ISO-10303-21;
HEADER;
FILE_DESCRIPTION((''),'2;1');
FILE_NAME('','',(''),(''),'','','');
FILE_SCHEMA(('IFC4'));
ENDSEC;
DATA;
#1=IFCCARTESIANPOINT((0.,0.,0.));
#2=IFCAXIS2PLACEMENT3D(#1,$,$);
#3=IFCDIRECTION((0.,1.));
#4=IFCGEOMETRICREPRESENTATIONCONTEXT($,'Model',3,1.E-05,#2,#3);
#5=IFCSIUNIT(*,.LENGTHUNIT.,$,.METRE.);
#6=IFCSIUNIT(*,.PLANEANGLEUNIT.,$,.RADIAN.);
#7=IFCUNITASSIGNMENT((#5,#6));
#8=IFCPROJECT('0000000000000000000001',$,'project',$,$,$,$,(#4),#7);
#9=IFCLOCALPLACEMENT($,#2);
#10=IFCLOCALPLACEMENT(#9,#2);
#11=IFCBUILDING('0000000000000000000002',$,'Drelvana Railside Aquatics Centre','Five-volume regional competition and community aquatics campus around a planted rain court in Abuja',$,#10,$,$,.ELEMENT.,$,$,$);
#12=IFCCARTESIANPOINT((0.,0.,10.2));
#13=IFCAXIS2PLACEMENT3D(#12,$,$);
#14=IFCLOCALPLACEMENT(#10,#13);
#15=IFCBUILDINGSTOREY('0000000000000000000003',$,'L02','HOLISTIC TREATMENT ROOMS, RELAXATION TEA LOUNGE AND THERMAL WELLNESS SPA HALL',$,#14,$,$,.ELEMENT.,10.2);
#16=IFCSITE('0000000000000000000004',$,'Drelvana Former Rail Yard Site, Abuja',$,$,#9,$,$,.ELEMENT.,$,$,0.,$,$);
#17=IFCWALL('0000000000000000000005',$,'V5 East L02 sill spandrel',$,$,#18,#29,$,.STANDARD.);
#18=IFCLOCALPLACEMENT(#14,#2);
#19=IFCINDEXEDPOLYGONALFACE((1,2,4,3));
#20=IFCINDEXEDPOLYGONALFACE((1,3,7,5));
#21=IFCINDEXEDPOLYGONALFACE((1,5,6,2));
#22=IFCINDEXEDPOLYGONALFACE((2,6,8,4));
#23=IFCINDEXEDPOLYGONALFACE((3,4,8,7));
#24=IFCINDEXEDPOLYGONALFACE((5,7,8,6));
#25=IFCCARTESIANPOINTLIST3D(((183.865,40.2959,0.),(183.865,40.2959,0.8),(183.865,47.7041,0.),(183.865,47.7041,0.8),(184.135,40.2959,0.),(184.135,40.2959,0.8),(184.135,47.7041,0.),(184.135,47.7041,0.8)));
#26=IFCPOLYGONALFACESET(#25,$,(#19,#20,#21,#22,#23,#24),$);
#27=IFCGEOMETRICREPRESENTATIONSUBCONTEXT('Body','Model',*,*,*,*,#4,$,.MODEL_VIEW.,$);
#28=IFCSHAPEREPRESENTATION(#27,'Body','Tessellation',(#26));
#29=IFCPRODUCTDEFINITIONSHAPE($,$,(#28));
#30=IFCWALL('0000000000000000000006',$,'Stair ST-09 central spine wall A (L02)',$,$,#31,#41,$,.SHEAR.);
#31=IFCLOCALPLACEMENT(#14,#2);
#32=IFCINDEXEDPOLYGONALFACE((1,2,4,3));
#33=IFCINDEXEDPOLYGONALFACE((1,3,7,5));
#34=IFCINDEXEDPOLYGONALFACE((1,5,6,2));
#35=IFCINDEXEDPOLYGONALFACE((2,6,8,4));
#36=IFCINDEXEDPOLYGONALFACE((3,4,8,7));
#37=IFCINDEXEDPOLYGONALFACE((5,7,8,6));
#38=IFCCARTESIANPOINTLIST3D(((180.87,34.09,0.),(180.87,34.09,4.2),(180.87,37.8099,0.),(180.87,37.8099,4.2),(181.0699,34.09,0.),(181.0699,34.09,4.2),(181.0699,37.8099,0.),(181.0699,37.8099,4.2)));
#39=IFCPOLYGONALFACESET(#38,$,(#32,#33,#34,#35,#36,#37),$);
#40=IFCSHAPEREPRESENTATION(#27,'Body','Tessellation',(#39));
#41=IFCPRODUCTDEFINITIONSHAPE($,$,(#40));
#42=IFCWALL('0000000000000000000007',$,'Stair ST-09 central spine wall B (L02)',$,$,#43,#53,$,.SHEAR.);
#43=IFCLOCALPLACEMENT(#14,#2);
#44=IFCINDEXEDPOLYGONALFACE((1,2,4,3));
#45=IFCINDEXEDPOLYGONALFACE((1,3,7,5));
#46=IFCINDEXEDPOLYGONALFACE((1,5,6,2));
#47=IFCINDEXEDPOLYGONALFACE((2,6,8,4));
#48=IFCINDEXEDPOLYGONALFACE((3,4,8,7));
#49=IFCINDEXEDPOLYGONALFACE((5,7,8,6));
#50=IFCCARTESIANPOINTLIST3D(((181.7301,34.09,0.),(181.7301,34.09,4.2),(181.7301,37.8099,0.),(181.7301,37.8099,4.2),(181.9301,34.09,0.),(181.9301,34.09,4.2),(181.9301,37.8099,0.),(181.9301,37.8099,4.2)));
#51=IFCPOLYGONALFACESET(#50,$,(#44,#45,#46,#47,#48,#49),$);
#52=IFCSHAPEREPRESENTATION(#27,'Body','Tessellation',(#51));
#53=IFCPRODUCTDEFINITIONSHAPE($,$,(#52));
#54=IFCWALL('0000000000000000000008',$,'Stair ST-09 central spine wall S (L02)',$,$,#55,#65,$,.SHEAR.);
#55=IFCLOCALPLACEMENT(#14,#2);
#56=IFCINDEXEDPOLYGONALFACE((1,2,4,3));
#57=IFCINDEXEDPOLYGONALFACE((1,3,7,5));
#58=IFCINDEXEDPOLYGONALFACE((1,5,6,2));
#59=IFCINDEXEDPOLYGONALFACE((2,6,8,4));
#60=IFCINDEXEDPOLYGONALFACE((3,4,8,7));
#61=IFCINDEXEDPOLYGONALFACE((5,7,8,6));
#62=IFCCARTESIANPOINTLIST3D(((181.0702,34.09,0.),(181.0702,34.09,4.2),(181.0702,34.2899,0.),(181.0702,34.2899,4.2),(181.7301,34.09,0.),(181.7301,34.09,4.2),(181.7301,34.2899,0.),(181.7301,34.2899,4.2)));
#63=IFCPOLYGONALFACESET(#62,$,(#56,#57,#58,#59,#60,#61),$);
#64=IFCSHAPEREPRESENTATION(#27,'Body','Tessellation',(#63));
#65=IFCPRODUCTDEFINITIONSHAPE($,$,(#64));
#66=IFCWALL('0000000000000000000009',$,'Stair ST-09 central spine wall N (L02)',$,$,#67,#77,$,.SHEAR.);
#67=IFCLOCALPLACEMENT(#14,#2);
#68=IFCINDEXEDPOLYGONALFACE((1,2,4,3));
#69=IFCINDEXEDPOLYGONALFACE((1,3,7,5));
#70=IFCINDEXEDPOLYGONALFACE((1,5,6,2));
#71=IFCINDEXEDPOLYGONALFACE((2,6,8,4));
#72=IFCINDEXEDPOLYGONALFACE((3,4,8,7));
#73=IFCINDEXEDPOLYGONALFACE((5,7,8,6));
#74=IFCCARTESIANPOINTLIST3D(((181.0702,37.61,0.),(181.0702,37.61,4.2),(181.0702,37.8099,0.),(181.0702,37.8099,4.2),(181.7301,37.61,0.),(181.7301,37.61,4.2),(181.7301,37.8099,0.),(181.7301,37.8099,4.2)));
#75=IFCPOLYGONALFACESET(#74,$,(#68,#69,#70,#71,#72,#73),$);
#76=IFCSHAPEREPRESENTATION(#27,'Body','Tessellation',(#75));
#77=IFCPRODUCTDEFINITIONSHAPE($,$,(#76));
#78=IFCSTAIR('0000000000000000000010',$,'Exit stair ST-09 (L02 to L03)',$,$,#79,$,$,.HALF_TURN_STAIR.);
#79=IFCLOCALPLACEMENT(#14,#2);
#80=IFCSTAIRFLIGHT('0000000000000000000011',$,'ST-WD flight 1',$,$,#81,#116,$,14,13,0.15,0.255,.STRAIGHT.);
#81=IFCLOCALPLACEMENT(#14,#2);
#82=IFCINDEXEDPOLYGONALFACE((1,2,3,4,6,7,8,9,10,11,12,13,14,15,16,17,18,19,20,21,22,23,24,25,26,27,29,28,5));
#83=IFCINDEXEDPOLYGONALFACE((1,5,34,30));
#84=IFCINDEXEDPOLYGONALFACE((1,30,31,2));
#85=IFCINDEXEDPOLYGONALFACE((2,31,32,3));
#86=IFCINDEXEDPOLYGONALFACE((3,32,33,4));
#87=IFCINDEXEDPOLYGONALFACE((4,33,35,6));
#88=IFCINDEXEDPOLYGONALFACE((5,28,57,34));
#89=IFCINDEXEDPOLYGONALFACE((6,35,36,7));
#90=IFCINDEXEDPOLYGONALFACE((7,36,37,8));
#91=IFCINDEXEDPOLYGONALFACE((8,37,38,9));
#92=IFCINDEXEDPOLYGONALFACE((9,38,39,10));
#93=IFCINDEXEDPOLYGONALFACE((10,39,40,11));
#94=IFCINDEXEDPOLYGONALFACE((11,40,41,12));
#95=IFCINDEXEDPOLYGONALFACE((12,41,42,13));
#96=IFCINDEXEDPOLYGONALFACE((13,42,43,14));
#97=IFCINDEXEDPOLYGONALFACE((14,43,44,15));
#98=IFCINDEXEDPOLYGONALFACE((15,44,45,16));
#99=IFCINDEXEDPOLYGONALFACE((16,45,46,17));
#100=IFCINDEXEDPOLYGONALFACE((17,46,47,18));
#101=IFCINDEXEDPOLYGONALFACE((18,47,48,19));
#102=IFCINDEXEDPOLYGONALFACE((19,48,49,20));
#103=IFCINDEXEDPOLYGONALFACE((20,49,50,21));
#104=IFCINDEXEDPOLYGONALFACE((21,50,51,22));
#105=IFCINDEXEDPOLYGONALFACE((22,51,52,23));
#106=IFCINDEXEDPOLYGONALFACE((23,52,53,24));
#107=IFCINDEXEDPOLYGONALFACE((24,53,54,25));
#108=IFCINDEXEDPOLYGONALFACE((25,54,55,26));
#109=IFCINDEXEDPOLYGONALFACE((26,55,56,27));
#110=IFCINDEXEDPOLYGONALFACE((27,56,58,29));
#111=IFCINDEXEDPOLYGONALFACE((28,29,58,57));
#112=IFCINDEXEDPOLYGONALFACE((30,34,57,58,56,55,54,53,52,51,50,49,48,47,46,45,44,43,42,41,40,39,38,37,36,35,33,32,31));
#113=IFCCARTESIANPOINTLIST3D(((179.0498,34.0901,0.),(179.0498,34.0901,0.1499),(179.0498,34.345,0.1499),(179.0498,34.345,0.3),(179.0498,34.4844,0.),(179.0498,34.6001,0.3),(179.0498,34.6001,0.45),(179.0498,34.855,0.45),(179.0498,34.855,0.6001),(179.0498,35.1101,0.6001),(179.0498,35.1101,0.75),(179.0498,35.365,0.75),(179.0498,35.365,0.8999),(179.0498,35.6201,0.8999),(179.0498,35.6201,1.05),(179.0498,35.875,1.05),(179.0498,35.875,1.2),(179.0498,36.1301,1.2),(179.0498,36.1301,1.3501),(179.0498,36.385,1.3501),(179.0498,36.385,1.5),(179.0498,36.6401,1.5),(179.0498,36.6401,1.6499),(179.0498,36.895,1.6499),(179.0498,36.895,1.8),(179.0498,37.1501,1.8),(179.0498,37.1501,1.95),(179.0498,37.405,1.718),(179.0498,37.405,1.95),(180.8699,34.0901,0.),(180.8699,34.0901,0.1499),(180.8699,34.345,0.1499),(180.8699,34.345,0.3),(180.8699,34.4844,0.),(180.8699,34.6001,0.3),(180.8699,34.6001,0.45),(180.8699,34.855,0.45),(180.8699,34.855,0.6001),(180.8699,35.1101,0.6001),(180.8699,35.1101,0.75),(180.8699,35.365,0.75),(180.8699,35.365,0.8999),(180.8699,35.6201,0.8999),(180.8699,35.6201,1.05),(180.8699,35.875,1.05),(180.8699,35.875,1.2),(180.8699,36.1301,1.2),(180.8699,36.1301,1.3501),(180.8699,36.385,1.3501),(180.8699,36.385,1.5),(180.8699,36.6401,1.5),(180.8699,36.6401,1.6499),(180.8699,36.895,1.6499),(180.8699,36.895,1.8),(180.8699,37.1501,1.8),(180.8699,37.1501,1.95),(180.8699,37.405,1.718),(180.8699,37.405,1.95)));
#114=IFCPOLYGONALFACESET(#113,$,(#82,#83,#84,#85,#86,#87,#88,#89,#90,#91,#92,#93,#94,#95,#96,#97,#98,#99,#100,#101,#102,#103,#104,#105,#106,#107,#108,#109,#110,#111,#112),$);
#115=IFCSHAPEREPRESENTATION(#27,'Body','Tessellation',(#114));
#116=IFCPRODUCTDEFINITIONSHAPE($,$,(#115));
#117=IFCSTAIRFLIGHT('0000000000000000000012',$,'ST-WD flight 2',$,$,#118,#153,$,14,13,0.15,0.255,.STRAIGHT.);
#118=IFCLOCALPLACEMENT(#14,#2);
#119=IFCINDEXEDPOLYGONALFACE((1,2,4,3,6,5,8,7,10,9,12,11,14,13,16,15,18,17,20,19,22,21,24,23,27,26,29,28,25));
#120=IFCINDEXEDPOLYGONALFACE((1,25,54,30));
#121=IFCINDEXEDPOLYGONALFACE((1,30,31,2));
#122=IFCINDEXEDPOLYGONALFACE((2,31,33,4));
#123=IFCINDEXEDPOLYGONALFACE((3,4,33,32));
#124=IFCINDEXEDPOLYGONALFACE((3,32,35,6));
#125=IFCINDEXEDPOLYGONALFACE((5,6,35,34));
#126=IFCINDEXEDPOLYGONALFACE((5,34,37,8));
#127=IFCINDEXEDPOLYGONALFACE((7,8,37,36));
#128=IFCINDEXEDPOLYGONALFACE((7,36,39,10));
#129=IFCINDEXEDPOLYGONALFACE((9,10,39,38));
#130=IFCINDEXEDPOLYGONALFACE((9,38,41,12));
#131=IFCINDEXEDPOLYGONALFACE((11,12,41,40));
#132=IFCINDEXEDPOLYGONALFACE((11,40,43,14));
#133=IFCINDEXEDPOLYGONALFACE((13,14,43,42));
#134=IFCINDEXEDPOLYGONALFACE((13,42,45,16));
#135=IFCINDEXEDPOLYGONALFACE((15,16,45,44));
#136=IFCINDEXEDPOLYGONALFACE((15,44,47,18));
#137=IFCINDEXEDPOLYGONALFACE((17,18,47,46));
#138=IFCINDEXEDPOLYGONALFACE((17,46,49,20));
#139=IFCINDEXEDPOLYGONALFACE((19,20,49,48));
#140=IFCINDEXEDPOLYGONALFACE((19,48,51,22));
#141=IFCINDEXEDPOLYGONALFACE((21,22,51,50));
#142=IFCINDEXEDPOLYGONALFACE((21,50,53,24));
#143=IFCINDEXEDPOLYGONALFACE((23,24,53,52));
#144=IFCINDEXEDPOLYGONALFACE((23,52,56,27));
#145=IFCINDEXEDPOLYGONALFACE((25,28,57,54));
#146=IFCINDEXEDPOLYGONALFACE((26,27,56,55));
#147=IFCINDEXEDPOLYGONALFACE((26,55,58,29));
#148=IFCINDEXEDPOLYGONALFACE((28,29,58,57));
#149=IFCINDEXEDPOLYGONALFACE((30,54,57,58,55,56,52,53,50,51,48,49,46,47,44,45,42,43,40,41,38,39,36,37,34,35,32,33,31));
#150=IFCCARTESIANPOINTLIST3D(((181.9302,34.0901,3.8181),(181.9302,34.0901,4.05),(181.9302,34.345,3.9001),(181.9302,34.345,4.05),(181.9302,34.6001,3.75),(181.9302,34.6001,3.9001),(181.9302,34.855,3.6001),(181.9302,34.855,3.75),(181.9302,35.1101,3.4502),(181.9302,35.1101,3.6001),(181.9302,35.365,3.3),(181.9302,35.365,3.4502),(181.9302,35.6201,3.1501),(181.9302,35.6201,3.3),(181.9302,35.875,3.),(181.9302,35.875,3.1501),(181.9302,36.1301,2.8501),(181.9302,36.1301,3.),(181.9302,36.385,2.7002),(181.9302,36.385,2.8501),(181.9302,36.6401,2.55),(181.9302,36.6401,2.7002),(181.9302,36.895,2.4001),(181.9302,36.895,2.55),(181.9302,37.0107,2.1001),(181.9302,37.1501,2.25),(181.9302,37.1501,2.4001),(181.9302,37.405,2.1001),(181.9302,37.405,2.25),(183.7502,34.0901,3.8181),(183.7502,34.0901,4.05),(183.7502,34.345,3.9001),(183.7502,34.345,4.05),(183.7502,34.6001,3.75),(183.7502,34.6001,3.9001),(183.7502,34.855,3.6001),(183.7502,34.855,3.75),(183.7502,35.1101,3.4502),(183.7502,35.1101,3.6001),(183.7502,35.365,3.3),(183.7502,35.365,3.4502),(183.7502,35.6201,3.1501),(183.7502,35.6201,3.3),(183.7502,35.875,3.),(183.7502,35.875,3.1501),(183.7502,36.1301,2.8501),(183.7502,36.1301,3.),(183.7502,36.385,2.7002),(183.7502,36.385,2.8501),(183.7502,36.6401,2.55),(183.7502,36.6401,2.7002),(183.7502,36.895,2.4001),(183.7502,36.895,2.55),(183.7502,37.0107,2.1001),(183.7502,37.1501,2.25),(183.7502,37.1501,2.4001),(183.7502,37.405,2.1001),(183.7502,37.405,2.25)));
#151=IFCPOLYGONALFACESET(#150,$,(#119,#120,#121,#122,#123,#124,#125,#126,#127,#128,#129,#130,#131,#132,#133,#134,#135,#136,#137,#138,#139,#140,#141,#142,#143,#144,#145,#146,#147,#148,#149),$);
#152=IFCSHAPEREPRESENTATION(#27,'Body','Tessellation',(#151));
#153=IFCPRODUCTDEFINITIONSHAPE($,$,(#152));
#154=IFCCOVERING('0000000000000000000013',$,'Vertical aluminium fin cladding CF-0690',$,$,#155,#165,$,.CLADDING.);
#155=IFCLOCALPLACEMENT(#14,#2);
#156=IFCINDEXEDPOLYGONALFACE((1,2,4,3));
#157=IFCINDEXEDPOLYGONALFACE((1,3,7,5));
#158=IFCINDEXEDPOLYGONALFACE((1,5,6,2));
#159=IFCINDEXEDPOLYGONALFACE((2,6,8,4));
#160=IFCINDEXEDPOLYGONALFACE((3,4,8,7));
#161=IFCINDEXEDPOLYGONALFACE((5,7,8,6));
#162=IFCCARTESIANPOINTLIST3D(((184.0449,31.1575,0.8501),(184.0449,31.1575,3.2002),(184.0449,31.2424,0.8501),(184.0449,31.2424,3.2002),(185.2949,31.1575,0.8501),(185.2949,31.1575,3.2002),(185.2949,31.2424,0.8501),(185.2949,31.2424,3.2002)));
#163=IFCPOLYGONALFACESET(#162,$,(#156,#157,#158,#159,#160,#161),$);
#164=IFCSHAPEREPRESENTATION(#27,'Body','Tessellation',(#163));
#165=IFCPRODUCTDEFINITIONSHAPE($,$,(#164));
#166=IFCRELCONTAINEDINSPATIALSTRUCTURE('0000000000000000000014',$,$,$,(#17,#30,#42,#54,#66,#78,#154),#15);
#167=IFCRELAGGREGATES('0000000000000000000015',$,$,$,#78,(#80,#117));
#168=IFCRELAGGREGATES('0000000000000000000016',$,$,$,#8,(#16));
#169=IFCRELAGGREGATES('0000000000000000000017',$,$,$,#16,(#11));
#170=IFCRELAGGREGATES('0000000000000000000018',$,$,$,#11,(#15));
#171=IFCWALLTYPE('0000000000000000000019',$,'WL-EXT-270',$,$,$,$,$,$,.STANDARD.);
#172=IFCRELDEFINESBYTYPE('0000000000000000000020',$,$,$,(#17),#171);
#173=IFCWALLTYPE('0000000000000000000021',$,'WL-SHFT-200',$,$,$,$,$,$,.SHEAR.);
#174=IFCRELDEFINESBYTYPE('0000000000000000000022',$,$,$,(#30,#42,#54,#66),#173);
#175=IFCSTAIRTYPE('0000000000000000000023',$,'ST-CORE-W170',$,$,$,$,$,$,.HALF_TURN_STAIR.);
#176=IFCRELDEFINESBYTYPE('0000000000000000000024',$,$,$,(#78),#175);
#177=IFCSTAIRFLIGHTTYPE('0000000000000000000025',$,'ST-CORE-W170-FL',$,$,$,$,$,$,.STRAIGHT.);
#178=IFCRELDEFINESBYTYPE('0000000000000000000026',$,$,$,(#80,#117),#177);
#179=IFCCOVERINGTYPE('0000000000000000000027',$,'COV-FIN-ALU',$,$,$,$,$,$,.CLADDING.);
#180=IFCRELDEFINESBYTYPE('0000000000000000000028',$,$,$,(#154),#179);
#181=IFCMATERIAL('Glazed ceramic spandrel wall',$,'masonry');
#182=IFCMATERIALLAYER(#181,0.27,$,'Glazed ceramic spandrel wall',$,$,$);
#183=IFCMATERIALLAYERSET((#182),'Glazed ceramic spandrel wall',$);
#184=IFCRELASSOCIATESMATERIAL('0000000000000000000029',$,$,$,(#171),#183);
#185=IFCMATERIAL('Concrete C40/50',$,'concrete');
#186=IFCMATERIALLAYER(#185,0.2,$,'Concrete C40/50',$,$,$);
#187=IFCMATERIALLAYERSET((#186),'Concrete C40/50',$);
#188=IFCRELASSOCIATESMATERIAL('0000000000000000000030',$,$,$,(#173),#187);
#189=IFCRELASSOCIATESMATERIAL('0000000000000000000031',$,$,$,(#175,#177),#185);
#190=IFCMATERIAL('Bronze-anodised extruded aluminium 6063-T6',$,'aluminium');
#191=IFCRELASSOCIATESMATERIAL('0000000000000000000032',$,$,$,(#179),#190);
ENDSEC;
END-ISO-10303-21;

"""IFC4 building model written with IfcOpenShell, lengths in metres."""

from ifc_helpers import new_model, si_unit, direction, frame, frame_2d, origin, origin_2d, place, context, subcontext, project, spatial, polyline, rectangle, outline, extrude, material, layer, layer_set, type_object, element, aggregate, save


model = new_model("IFC4")

# Units and contexts
model_context = context("Model", 3, precision=1e-05, world=origin(), true_north=direction((0.0, 1.0)))
body_context = subcontext(model_context, "Body", "Model", "MODEL_VIEW")
ifc_project = project(units=[si_unit("LENGTHUNIT", "METRE"), si_unit("PLANEANGLEUNIT", "RADIAN")], contexts=[model_context])

# Site, building, storey
site_placement = place(None, origin())
site = spatial("IfcSite", under=ifc_project, at=site_placement, Name="Drelvana Former Rail Yard Site, Abuja", CompositionType="ELEMENT", RefElevation=0.0)
building_placement = place(site_placement, origin())
building = spatial("IfcBuilding", under=site, at=building_placement, Name="Drelvana Railside Aquatics Centre", Description="Five-volume regional competition and community aquatics campus around a planted rain court in Abuja", CompositionType="ELEMENT")
storey_placement = place(building_placement, frame((0.0, 0.0, 10.2)))
storey = spatial("IfcBuildingStorey", under=building, at=storey_placement, Name="L02", Description="HOLISTIC TREATMENT ROOMS, RELAXATION TEA LOUNGE AND THERMAL WELLNESS SPA HALL", CompositionType="ELEMENT", Elevation=10.2)

# Shared definitions
ifc_material_1 = material(Name="Concrete C40/50", Category="concrete")

# Walls
ifc_material_2 = material(Name="Glazed ceramic spandrel wall", Category="masonry")
ifc_layer_1 = layer(ifc_material_2, 0.27, Name="Glazed ceramic spandrel wall")
ifc_layer_set_1 = layer_set([ifc_layer_1], Name="Glazed ceramic spandrel wall")
wall_type_1 = type_object("IfcWallType", Name="WL-EXT-270", PredefinedType="STANDARD", material=ifc_layer_set_1)
wall_1_placement = place(storey_placement, frame((184.0, 40.2959, 0.0), z_axis=(0.0, 0.0, 1.0), x_axis=(0.0, 1.0, 0.0)))
element("IfcWall", 1, at=wall_1_placement, inside=storey, type_object=wall_type_1, Name="V5 East L02 sill spandrel", PredefinedType="STANDARD", context=body_context, shape_type="SweptSolid", body=[
    extrude(rectangle(XDim=7.4082, YDim=0.27, at=frame_2d((3.7041, 0.0))), origin(), (0.0, 0.0, 1.0), 0.8),
])
ifc_layer_2 = layer(ifc_material_1, 0.2, Name="Concrete C40/50")
ifc_layer_set_2 = layer_set([ifc_layer_2], Name="Concrete C40/50")
wall_type_2 = type_object("IfcWallType", Name="WL-SHFT-200", PredefinedType="SHEAR", material=ifc_layer_set_2)
for number, where, z_axis, x_axis, name in (
    (2, (180.97, 34.0901, 0.0), (0.0, 0.0, 1.0), (0.0, 1.0, 0.0), "Stair ST-09 central spine wall A (L02)"),
    (3, (181.8301, 34.0901, 0.0), (0.0, 0.0, 1.0), (0.0, 1.0, 0.0), "Stair ST-09 central spine wall B (L02)"),
):
    element("IfcWall", number, at=place(storey_placement, frame(where, z_axis=z_axis, x_axis=x_axis)), inside=storey, type_object=wall_type_2, Name=name, PredefinedType="SHEAR", context=body_context, shape_type="SweptSolid", body=[
        extrude(rectangle(XDim=3.72, YDim=0.2, at=frame_2d((1.8599, 0.0))), origin(), (0.0, 0.0, 1.0), 4.2),
    ])
for number, where, z_axis, x_axis, name in (
    (4, (181.0701, 34.1899, 0.0), (0.0, 0.0, 1.0), (1.0, 0.0, 0.0), "Stair ST-09 central spine wall S (L02)"),
    (5, (181.0701, 37.71, 0.0), (0.0, 0.0, 1.0), (1.0, 0.0, 0.0), "Stair ST-09 central spine wall N (L02)"),
):
    element("IfcWall", number, at=place(storey_placement, frame(where, z_axis=z_axis, x_axis=x_axis)), inside=storey, type_object=wall_type_2, Name=name, PredefinedType="SHEAR", context=body_context, shape_type="SweptSolid", body=[
        extrude(rectangle(XDim=0.6599, YDim=0.2, at=frame_2d((0.3301, 0.0))), origin(), (0.0, 0.0, 1.0), 4.2),
    ])

# Stair, stair flights
stair_type = type_object("IfcStairType", Name="ST-CORE-W170", PredefinedType="HALF_TURN_STAIR", material=ifc_material_1)
stair_placement = place(storey_placement, origin())
stair = element("IfcStair", 6, at=stair_placement, inside=storey, type_object=stair_type, Name="Exit stair ST-09 (L02 to L03)", PredefinedType="HALF_TURN_STAIR")
stair_flight_type = type_object("IfcStairFlightType", Name="ST-CORE-W170-FL", PredefinedType="STRAIGHT", material=ifc_material_1)
stair_flight_1_placement = place(storey_placement, frame((179.96, 34.0901, 0.0), z_axis=(0.0, 0.0, 1.0), x_axis=(0.0, 1.0, 0.0)))
stair_flight_1 = element("IfcStairFlight", 7, at=stair_flight_1_placement, type_object=stair_flight_type, Name="ST-WD flight 1", NumberOfRisers=14, NumberOfTreads=13, PredefinedType="STRAIGHT", RiserHeight=0.15, TreadLength=0.255, context=body_context, shape_type="SweptSolid", body=[
    extrude(outline(polyline([(0.0, 0.0), (0.0, 0.1499), (0.2549, 0.1499), (0.2549, 0.3), (0.51, 0.3), (0.51, 0.45), (0.7649, 0.45), (0.7649, 0.6001), (1.02, 0.6001), (1.02, 0.75), (1.2749, 0.75), (1.2749, 0.8999), (1.53, 0.8999), (1.53, 1.05), (1.7849, 1.05), (1.7849, 1.2), (2.04, 1.2), (2.04, 1.3501), (2.2949, 1.3501), (2.2949, 1.5), (2.55, 1.5), (2.55, 1.6499), (2.8049, 1.6499), (2.8049, 1.8), (3.0601, 1.8), (3.0601, 1.95), (3.3149, 1.95), (3.3149, 2.1001), (3.3149, 1.718), (0.3943, 0.0), (0.0, 0.0)])), frame((0.0, 0.9102, 0.0), z_axis=(0.0, -1.0, 0.0), x_axis=(1.0, 0.0, 0.0)), (0.0, 0.0, 1.0), 1.8201),
])
stair_flight_2_placement = place(storey_placement, frame((182.8401, 37.405, 2.1001), z_axis=(0.0, 0.0, 1.0), x_axis=(0.0, -1.0, 0.0)))
stair_flight_2 = element("IfcStairFlight", 8, at=stair_flight_2_placement, type_object=stair_flight_type, Name="ST-WD flight 2", NumberOfRisers=14, NumberOfTreads=13, PredefinedType="STRAIGHT", RiserHeight=0.15, TreadLength=0.255, context=body_context, shape_type="SweptSolid", body=[
    extrude(outline(polyline([(0.0, 0.0), (0.0, 0.1499), (0.2549, 0.1499), (0.2549, 0.3), (0.51, 0.3), (0.51, 0.45), (0.7649, 0.45), (0.7649, 0.6001), (1.02, 0.6001), (1.02, 0.75), (1.2749, 0.75), (1.2749, 0.8999), (1.53, 0.8999), (1.53, 1.05), (1.7849, 1.05), (1.7849, 1.2), (2.04, 1.2), (2.04, 1.3501), (2.2949, 1.3501), (2.2949, 1.5), (2.55, 1.5), (2.55, 1.6499), (2.8049, 1.6499), (2.8049, 1.8), (3.0601, 1.8), (3.0601, 1.95), (3.3149, 1.95), (3.3149, 2.1001), (3.3149, 1.718), (0.3943, 0.0), (0.0, 0.0)])), frame((0.0, 0.9102, 0.0), z_axis=(0.0, -1.0, 0.0), x_axis=(1.0, 0.0, 0.0)), (0.0, 0.0, 1.0), 1.8201),
])
aggregate(stair, [stair_flight_1, stair_flight_2])

# Covering
ifc_material_3 = material(Name="Bronze-anodised extruded aluminium 6063-T6", Category="aluminium")
covering_type = type_object("IfcCoveringType", Name="COV-FIN-ALU", PredefinedType="CLADDING", material=ifc_material_3)
covering_placement = place(storey_placement, frame((184.6699, 31.2, 0.8501), z_axis=(0.0, 0.0, 1.0), x_axis=(0.0, -1.0, 0.0)))
element("IfcCovering", 9, at=covering_placement, inside=storey, type_object=covering_type, Name="Vertical aluminium fin cladding CF-0690", PredefinedType="CLADDING", context=body_context, shape_type="SweptSolid", body=[
    extrude(rectangle(XDim=0.085, YDim=1.25, at=origin_2d()), origin(), (0.0, 0.0, 1.0), 2.3501),
])

save(model, "model.ifc")
